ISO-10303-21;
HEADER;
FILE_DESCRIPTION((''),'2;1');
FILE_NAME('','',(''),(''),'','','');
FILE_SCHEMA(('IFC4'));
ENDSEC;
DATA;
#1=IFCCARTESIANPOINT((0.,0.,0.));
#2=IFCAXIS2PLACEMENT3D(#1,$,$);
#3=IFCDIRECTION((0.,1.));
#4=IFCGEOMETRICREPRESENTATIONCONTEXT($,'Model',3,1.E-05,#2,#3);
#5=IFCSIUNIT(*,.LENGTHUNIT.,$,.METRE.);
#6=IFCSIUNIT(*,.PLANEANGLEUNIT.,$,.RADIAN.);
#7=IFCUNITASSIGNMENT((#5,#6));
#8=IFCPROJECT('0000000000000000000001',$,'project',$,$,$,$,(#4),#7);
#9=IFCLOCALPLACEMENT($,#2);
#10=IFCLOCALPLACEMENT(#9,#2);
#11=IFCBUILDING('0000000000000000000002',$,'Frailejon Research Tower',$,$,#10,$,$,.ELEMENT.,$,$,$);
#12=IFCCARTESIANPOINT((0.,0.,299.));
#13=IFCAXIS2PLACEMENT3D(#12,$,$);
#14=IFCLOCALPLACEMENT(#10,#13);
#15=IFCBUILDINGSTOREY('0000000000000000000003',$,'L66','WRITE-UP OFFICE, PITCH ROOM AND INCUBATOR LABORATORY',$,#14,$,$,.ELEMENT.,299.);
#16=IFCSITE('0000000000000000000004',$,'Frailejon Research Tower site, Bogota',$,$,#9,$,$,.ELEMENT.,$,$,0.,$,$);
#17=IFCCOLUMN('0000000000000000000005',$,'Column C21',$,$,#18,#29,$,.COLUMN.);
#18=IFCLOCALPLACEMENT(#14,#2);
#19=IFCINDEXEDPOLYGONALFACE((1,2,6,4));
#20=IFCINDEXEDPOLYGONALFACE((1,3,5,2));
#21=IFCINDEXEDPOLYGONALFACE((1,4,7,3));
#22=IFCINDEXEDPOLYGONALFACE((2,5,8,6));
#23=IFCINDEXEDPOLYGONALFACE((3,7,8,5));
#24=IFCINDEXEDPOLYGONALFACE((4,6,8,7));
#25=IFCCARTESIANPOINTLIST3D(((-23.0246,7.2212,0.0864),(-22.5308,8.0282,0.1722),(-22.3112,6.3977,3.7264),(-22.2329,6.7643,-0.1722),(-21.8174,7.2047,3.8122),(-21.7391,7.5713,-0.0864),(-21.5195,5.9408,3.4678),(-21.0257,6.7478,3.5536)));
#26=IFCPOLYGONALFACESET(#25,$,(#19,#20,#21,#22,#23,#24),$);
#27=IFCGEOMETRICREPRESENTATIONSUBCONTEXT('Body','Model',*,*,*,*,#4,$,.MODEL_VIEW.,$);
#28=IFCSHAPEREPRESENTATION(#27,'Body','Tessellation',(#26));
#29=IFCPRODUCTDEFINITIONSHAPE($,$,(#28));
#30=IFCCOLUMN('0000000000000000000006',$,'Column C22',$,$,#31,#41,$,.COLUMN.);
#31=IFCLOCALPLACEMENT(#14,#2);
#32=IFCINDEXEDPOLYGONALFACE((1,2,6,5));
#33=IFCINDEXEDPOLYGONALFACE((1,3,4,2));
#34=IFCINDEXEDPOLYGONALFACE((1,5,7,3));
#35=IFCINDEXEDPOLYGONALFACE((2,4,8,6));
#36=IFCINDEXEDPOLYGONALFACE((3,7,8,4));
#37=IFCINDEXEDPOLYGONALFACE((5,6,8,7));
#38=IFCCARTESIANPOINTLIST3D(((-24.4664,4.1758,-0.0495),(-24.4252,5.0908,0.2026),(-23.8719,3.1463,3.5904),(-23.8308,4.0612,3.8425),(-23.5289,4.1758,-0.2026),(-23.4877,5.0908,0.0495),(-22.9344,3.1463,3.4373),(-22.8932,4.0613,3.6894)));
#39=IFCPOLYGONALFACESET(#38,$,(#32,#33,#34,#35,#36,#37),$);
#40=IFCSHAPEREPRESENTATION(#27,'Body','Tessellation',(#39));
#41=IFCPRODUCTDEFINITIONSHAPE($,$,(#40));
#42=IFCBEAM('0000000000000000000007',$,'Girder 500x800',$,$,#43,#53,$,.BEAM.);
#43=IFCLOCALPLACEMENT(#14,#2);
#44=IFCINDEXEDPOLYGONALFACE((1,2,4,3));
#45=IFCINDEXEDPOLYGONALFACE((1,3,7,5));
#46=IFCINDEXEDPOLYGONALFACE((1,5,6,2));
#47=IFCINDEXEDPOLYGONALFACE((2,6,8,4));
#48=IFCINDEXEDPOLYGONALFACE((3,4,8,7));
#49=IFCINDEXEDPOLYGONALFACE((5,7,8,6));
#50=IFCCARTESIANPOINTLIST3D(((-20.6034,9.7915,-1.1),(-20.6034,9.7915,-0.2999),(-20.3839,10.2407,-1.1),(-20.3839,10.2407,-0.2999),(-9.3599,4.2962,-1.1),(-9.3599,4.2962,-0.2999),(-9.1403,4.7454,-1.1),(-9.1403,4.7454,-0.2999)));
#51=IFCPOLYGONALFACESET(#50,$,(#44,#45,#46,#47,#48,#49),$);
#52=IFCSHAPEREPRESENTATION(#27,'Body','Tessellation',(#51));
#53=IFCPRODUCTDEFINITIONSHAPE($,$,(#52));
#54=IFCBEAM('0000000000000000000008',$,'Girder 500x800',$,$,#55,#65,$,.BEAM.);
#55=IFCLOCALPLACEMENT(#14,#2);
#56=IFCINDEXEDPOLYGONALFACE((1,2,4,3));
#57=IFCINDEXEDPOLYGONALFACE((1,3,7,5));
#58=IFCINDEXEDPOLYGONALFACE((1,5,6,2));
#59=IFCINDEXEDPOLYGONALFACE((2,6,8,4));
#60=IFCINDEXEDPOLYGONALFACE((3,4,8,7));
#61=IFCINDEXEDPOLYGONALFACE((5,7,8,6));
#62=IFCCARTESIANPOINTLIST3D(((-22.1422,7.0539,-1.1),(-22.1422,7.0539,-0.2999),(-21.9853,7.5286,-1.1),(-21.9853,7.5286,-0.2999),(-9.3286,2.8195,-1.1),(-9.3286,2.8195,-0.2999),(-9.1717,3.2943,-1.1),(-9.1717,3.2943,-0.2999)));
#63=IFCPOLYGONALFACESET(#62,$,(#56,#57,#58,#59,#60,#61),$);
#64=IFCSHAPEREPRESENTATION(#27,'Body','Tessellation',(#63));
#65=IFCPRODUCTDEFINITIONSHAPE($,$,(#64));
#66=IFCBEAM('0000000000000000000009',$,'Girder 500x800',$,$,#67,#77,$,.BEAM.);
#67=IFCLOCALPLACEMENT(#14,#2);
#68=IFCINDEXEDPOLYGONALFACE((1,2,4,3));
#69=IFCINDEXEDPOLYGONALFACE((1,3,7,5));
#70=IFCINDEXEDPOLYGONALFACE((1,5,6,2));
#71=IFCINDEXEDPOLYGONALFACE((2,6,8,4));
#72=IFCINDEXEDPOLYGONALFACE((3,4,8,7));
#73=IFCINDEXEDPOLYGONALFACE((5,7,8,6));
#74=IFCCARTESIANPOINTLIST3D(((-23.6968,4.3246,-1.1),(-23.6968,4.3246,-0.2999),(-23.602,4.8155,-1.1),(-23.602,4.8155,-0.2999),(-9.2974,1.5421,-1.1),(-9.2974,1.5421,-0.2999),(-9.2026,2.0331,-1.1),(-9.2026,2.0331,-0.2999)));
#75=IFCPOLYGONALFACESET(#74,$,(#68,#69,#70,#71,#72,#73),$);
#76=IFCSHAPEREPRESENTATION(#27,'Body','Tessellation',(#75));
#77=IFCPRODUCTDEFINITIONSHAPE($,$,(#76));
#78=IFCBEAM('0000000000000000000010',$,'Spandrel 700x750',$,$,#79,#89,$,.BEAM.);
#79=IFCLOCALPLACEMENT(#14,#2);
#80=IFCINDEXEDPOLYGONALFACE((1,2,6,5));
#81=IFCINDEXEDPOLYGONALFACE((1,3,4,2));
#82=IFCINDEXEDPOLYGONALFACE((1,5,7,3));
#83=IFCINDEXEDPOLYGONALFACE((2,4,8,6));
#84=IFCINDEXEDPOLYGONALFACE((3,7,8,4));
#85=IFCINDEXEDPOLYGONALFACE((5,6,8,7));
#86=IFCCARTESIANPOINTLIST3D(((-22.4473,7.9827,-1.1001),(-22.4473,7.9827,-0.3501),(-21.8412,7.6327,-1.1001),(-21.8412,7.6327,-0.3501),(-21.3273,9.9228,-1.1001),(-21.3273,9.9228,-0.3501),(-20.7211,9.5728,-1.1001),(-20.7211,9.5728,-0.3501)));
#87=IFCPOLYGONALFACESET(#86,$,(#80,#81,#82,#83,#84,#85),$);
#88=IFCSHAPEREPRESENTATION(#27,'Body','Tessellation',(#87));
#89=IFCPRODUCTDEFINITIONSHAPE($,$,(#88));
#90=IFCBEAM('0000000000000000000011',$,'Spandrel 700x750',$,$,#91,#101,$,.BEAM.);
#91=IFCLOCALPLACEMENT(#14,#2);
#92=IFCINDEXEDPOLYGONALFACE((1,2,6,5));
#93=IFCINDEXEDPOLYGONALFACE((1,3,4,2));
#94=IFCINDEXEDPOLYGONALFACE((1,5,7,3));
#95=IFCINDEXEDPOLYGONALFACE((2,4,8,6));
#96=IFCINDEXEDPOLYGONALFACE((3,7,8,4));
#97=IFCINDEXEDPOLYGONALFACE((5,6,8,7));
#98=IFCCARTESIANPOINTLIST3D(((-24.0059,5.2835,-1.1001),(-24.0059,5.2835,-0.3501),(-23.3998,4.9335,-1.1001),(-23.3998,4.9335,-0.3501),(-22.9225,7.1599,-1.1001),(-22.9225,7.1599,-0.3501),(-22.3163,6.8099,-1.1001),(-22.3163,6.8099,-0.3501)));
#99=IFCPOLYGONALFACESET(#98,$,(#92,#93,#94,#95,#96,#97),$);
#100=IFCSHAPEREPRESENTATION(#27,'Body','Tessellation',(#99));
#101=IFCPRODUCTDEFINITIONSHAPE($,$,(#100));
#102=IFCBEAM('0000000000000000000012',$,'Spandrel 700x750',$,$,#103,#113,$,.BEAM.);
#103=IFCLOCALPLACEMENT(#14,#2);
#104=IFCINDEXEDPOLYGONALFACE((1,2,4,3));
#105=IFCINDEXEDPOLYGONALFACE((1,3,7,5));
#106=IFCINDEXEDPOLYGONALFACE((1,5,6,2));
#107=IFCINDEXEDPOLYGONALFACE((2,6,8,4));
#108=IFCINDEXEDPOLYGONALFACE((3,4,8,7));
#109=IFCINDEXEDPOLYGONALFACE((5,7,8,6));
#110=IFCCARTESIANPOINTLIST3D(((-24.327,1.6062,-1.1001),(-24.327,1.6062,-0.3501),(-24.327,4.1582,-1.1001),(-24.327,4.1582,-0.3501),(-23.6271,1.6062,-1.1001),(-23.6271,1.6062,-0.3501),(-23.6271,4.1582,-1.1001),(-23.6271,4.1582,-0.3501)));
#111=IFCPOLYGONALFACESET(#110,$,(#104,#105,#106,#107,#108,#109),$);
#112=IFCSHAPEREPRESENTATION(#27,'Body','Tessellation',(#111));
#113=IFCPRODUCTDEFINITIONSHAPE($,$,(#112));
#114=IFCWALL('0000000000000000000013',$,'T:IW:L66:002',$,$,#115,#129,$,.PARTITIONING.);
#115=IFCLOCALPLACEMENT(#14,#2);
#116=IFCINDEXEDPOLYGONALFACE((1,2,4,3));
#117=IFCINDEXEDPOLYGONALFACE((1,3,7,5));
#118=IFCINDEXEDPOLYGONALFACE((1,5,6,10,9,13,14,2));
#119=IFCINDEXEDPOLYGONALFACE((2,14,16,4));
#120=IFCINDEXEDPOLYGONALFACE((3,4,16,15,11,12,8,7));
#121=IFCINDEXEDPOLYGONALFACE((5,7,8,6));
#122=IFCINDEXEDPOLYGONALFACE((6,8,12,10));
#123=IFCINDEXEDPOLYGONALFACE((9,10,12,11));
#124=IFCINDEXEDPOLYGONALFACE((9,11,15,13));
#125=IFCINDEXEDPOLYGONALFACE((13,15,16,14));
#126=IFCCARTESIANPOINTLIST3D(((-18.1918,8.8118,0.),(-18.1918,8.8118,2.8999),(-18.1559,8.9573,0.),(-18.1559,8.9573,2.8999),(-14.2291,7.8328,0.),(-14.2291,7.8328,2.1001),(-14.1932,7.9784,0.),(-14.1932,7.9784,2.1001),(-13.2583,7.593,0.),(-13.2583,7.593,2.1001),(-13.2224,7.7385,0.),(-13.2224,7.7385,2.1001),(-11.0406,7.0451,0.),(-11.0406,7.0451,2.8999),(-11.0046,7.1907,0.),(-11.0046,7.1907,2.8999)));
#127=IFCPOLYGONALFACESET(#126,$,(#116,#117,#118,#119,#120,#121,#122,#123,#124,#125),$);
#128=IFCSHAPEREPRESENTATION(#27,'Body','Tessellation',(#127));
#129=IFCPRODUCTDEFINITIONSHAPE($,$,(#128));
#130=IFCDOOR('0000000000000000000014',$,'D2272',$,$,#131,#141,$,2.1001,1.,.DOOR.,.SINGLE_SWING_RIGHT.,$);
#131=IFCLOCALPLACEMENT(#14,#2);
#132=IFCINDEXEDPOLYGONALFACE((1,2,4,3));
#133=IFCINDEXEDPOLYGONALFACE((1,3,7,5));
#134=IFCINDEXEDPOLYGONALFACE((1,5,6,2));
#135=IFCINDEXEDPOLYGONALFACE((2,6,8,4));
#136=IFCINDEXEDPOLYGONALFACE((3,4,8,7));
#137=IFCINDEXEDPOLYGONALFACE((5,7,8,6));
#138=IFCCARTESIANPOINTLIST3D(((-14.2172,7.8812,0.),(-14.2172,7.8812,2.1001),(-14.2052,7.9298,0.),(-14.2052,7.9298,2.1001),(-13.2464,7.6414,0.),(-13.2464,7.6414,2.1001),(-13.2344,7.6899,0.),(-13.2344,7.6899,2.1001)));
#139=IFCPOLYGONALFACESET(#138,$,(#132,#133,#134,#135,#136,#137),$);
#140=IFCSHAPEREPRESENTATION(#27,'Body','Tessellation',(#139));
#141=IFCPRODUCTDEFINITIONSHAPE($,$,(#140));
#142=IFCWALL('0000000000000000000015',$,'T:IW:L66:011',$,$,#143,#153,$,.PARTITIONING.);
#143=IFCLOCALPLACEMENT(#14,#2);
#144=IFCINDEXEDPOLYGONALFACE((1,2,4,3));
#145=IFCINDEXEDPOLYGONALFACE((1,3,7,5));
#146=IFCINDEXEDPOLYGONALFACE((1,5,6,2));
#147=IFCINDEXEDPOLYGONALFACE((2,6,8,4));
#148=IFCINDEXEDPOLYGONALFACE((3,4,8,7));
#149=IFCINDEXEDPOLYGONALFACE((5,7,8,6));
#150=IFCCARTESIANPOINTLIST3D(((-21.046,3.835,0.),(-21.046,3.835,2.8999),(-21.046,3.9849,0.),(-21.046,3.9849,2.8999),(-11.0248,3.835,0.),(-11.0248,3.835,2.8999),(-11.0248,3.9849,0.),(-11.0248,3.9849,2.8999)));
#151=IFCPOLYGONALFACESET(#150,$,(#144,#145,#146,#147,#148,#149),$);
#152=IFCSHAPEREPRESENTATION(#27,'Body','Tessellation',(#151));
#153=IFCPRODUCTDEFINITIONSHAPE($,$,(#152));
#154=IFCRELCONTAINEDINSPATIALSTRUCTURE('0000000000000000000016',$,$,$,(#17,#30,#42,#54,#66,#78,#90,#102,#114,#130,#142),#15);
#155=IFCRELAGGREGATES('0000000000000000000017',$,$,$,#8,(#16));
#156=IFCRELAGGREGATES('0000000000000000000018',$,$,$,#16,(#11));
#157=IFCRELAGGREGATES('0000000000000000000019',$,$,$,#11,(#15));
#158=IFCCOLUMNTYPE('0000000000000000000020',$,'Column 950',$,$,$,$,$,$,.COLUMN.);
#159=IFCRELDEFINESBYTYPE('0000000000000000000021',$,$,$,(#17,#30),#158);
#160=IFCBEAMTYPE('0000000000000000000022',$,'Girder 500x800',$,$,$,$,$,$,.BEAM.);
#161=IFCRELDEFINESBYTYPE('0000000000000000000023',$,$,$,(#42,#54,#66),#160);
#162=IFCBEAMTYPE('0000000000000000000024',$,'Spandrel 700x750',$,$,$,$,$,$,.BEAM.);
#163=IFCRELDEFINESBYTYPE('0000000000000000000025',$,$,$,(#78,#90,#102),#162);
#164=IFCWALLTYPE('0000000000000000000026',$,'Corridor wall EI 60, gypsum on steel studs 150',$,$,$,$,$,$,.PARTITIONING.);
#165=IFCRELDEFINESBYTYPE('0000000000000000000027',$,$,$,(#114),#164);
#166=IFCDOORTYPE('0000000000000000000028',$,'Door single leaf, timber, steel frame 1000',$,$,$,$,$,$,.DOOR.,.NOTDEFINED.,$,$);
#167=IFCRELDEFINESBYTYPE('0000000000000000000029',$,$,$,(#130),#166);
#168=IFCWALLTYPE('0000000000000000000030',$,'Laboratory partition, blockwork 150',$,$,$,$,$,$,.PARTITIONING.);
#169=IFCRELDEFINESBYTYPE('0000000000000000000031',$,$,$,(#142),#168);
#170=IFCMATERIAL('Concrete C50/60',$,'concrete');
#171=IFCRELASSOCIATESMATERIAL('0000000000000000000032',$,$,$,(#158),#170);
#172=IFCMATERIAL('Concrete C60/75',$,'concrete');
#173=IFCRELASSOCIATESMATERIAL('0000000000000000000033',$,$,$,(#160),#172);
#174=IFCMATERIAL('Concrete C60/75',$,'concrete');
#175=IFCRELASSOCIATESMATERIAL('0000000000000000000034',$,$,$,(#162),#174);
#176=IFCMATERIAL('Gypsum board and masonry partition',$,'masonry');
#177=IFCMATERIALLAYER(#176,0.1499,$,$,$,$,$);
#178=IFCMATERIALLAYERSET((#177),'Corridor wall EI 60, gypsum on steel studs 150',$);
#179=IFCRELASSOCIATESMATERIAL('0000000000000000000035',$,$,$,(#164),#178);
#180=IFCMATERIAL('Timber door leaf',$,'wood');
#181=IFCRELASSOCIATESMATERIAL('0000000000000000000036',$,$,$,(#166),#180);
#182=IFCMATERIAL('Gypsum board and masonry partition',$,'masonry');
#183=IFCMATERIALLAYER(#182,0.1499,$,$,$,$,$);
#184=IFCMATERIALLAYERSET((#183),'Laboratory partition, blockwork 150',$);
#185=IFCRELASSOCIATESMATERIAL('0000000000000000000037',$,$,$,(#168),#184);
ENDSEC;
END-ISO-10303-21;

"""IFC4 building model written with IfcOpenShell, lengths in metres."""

from ifc_helpers import new_model, si_unit, direction, frame, frame_2d, origin, origin_2d, place, context, subcontext, project, spatial, rectangle, extrude, material, layer, layer_set, material_profile, profile_set, type_object, element, fill, save


model = new_model("IFC4")

# Units and contexts
model_context = context("Model", 3, precision=1e-05, world=origin(), true_north=direction((0.0, 1.0)))
body_context = subcontext(model_context, "Body", "Model", "MODEL_VIEW")
ifc_project = project(units=[si_unit("LENGTHUNIT", "METRE"), si_unit("PLANEANGLEUNIT", "RADIAN")], contexts=[model_context])

# Site, building, storey
site_placement = place(None, origin())
site = spatial("IfcSite", under=ifc_project, at=site_placement, Name="Frailejon Research Tower site, Bogota", CompositionType="ELEMENT", RefElevation=0.0)
building_placement = place(site_placement, origin())
building = spatial("IfcBuilding", under=site, at=building_placement, Name="Frailejon Research Tower", CompositionType="ELEMENT")
storey_placement = place(building_placement, frame((0.0, 0.0, 299.0)))
storey = spatial("IfcBuildingStorey", under=building, at=storey_placement, Name="L66", Description="WRITE-UP OFFICE, PITCH ROOM AND INCUBATOR LABORATORY", CompositionType="ELEMENT", Elevation=299.0)

# Columns
ifc_material_1 = material(Name="Concrete C50/60", Category="concrete")
ifc_material_profile_1 = material_profile(ifc_material_1, rectangle(XDim=0.95, YDim=0.95, at=origin_2d()), Name="Column 950")
ifc_profile_set_1 = profile_set([ifc_material_profile_1], Name="Concrete C50/60")
column_type = type_object("IfcColumnType", Name="Column 950", PredefinedType="COLUMN", material=ifc_profile_set_1)
column_1_placement = place(storey_placement, frame((-22.3818, 7.3962, 0.0), z_axis=(0.187758, -0.216738, 0.958004), x_axis=(-0.519767, -0.849519, -0.090326)))
element("IfcColumn", 1, at=column_1_placement, inside=storey, type_object=column_type, Name="Column C21", PredefinedType="COLUMN", context=body_context, shape_type="SweptSolid", body=[
    extrude(rectangle(XDim=0.95, YDim=0.95, at=origin_2d()), origin(), (0.0, 0.0, 1.0), 3.7996),
])
column_2_placement = place(storey_placement, frame((-23.9771, 4.6333, 0.0), z_axis=(0.155253, -0.268871, 0.950581), x_axis=(-0.043307, -0.963176, -0.265361)))
element("IfcColumn", 2, at=column_2_placement, inside=storey, type_object=column_type, Name="Column C22", PredefinedType="COLUMN", context=body_context, shape_type="SweptSolid", body=[
    extrude(rectangle(XDim=0.95, YDim=0.95, at=origin_2d()), origin(), (0.0, 0.0, 1.0), 3.8291),
])

# Beams
ifc_material_2 = material(Name="Concrete C60/75", Category="concrete")
ifc_material_profile_2 = material_profile(ifc_material_2, rectangle(XDim=0.5, YDim=0.8, at=origin_2d()), Name="Girder 500x800")
ifc_profile_set_2 = profile_set([ifc_material_profile_2], Name="Concrete C60/75")
beam_type_1 = type_object("IfcBeamType", Name="Girder 500x800", PredefinedType="BEAM", material=ifc_profile_set_2)
beam_1_placement = place(storey_placement, frame((-20.4937, 10.0161, -0.7), z_axis=(0.898433, -0.439111, 0.0), x_axis=(0.439111, 0.898433, 0.0)))
element("IfcBeam", 3, at=beam_1_placement, inside=storey, type_object=beam_type_1, Name="Girder 500x800", PredefinedType="BEAM", context=body_context, shape_type="SweptSolid", body=[
    extrude(rectangle(XDim=0.5, YDim=0.8, at=origin_2d()), origin(), (0.0, 0.0, 1.0), 12.5146),
])
beam_2_placement = place(storey_placement, frame((-22.0637, 7.2913, -0.7), z_axis=(0.9495, -0.313768, 0.0), x_axis=(0.313768, 0.9495, 0.0)))
element("IfcBeam", 4, at=beam_2_placement, inside=storey, type_object=beam_type_1, Name="Girder 500x800", PredefinedType="BEAM", context=body_context, shape_type="SweptSolid", body=[
    extrude(rectangle(XDim=0.5, YDim=0.8, at=origin_2d()), origin(), (0.0, 0.0, 1.0), 13.4951),
])
beam_3_placement = place(storey_placement, frame((-23.6494, 4.5701, -0.7), z_axis=(0.981837, -0.189725, 0.0), x_axis=(0.189725, 0.981837, 0.0)))
element("IfcBeam", 5, at=beam_3_placement, inside=storey, type_object=beam_type_1, Name="Girder 500x800", PredefinedType="BEAM", context=body_context, shape_type="SweptSolid", body=[
    extrude(rectangle(XDim=0.5, YDim=0.8, at=origin_2d()), origin(), (0.0, 0.0, 1.0), 14.6658),
])
ifc_material_3 = material(Name="Concrete C60/75", Category="concrete")
ifc_material_profile_3 = material_profile(ifc_material_3, rectangle(XDim=0.7, YDim=0.75, at=origin_2d()), Name="Spandrel 700x750")
ifc_profile_set_3 = profile_set([ifc_material_profile_3], Name="Concrete C60/75")
beam_type_2 = type_object("IfcBeamType", Name="Spandrel 700x750", PredefinedType="BEAM", material=ifc_profile_set_3)
beam_4_placement = place(storey_placement, frame((-21.0242, 9.7478, -0.7251), z_axis=(-0.499983, -0.866035, 0.0), x_axis=(0.866035, -0.499983, 0.0)))
element("IfcBeam", 6, at=beam_4_placement, inside=storey, type_object=beam_type_2, Name="Spandrel 700x750", PredefinedType="BEAM", context=body_context, shape_type="SweptSolid", body=[
    extrude(rectangle(XDim=0.7, YDim=0.75, at=origin_2d()), origin(), (0.0, 0.0, 1.0), 2.2402),
])
beam_5_placement = place(storey_placement, frame((-22.6194, 6.9849, -0.7251), z_axis=(-0.500041, -0.866002, 0.0), x_axis=(0.866002, -0.500041, 0.0)))
element("IfcBeam", 7, at=beam_5_placement, inside=storey, type_object=beam_type_2, Name="Spandrel 700x750", PredefinedType="BEAM", context=body_context, shape_type="SweptSolid", body=[
    extrude(rectangle(XDim=0.7, YDim=0.75, at=origin_2d()), origin(), (0.0, 0.0, 1.0), 2.1667),
])
beam_6_placement = place(storey_placement, frame((-23.9771, 4.1582, -0.7251), z_axis=(0.0, -1.0, 0.0), x_axis=(1.0, 0.0, 0.0)))
element("IfcBeam", 8, at=beam_6_placement, inside=storey, type_object=beam_type_2, Name="Spandrel 700x750", PredefinedType="BEAM", context=body_context, shape_type="SweptSolid", body=[
    extrude(rectangle(XDim=0.7, YDim=0.75, at=origin_2d()), origin(), (0.0, 0.0, 1.0), 2.552),
])

# Wall, opening, door
ifc_material_4 = material(Name="Gypsum board and masonry partition", Category="masonry")
ifc_layer_1 = layer(ifc_material_4, 0.1499)
ifc_layer_set_1 = layer_set([ifc_layer_1], Name="Corridor wall EI 60, gypsum on steel studs 150")
wall_type_1 = type_object("IfcWallType", Name="Corridor wall EI 60, gypsum on steel studs 150", PredefinedType="PARTITIONING", material=ifc_layer_set_1)
wall_1_placement = place(storey_placement, frame((-18.1738, 8.8845, 0.0), z_axis=(0.0, 0.0, 1.0), x_axis=(0.970815, -0.239829, 0.0)))
wall_1 = element("IfcWall", 9, at=wall_1_placement, inside=storey, type_object=wall_type_1, Name="T:IW:L66:002", PredefinedType="PARTITIONING", context=body_context, shape_type="SweptSolid", body=[
    extrude(rectangle(XDim=7.3662, YDim=0.1499, at=frame_2d((3.6831, 0.0))), origin(), (0.0, 0.0, 1.0), 2.8999),
])
opening_1_placement = place(wall_1_placement, frame((4.0818, 0.0, 0.0)))
opening_1 = element("IfcOpeningElement", 10, at=opening_1_placement, cuts=wall_1, PredefinedType="OPENING", context=body_context, shape_type="SweptSolid", body=[
    extrude(rectangle(XDim=1.0, YDim=2.1001, at=frame_2d((0.5, 1.05))), frame((0.0, 0.085, 0.0), z_axis=(0.0, -1.0, 0.0), x_axis=(1.0, 0.0, 0.0)), (0.0, 0.0, 1.0), 0.1699),
])
ifc_material_5 = material(Name="Timber door leaf", Category="wood")
door_type = type_object("IfcDoorType", Name="Door single leaf, timber, steel frame 1000", OperationType="NOTDEFINED", PredefinedType="DOOR", material=ifc_material_5)
door_placement = place(opening_1_placement, origin())
door = element("IfcDoor", 11, at=door_placement, inside=storey, type_object=door_type, Name="D2272", OperationType="SINGLE_SWING_RIGHT", OverallHeight=2.1001, OverallWidth=1.0, PredefinedType="DOOR", context=body_context, shape_type="SweptSolid", body=[
    extrude(rectangle(XDim=1.0, YDim=2.1001, at=frame_2d((0.5, 1.05))), frame((0.0, 0.0249, 0.0), z_axis=(0.0, -1.0, 0.0), x_axis=(1.0, 0.0, 0.0)), (0.0, 0.0, 1.0), 0.05),
])
fill(opening_1, door)

# Wall
ifc_material_6 = material(Name="Gypsum board and masonry partition", Category="masonry")
ifc_layer_2 = layer(ifc_material_6, 0.1499)
ifc_layer_set_2 = layer_set([ifc_layer_2], Name="Laboratory partition, blockwork 150")
wall_type_2 = type_object("IfcWallType", Name="Laboratory partition, blockwork 150", PredefinedType="PARTITIONING", material=ifc_layer_set_2)
wall_2_placement = place(storey_placement, frame((-21.0461, 3.9099, 0.0), z_axis=(0.0, 0.0, 1.0), x_axis=(1.0, 0.0, 0.0)))
element("IfcWall", 12, at=wall_2_placement, inside=storey, type_object=wall_type_2, Name="T:IW:L66:011", PredefinedType="PARTITIONING", context=body_context, shape_type="SweptSolid", body=[
    extrude(rectangle(XDim=10.0212, YDim=0.1499, at=frame_2d((5.0107, 0.0))), origin(), (0.0, 0.0, 1.0), 2.8999),
])

save(model, "model.ifc")
